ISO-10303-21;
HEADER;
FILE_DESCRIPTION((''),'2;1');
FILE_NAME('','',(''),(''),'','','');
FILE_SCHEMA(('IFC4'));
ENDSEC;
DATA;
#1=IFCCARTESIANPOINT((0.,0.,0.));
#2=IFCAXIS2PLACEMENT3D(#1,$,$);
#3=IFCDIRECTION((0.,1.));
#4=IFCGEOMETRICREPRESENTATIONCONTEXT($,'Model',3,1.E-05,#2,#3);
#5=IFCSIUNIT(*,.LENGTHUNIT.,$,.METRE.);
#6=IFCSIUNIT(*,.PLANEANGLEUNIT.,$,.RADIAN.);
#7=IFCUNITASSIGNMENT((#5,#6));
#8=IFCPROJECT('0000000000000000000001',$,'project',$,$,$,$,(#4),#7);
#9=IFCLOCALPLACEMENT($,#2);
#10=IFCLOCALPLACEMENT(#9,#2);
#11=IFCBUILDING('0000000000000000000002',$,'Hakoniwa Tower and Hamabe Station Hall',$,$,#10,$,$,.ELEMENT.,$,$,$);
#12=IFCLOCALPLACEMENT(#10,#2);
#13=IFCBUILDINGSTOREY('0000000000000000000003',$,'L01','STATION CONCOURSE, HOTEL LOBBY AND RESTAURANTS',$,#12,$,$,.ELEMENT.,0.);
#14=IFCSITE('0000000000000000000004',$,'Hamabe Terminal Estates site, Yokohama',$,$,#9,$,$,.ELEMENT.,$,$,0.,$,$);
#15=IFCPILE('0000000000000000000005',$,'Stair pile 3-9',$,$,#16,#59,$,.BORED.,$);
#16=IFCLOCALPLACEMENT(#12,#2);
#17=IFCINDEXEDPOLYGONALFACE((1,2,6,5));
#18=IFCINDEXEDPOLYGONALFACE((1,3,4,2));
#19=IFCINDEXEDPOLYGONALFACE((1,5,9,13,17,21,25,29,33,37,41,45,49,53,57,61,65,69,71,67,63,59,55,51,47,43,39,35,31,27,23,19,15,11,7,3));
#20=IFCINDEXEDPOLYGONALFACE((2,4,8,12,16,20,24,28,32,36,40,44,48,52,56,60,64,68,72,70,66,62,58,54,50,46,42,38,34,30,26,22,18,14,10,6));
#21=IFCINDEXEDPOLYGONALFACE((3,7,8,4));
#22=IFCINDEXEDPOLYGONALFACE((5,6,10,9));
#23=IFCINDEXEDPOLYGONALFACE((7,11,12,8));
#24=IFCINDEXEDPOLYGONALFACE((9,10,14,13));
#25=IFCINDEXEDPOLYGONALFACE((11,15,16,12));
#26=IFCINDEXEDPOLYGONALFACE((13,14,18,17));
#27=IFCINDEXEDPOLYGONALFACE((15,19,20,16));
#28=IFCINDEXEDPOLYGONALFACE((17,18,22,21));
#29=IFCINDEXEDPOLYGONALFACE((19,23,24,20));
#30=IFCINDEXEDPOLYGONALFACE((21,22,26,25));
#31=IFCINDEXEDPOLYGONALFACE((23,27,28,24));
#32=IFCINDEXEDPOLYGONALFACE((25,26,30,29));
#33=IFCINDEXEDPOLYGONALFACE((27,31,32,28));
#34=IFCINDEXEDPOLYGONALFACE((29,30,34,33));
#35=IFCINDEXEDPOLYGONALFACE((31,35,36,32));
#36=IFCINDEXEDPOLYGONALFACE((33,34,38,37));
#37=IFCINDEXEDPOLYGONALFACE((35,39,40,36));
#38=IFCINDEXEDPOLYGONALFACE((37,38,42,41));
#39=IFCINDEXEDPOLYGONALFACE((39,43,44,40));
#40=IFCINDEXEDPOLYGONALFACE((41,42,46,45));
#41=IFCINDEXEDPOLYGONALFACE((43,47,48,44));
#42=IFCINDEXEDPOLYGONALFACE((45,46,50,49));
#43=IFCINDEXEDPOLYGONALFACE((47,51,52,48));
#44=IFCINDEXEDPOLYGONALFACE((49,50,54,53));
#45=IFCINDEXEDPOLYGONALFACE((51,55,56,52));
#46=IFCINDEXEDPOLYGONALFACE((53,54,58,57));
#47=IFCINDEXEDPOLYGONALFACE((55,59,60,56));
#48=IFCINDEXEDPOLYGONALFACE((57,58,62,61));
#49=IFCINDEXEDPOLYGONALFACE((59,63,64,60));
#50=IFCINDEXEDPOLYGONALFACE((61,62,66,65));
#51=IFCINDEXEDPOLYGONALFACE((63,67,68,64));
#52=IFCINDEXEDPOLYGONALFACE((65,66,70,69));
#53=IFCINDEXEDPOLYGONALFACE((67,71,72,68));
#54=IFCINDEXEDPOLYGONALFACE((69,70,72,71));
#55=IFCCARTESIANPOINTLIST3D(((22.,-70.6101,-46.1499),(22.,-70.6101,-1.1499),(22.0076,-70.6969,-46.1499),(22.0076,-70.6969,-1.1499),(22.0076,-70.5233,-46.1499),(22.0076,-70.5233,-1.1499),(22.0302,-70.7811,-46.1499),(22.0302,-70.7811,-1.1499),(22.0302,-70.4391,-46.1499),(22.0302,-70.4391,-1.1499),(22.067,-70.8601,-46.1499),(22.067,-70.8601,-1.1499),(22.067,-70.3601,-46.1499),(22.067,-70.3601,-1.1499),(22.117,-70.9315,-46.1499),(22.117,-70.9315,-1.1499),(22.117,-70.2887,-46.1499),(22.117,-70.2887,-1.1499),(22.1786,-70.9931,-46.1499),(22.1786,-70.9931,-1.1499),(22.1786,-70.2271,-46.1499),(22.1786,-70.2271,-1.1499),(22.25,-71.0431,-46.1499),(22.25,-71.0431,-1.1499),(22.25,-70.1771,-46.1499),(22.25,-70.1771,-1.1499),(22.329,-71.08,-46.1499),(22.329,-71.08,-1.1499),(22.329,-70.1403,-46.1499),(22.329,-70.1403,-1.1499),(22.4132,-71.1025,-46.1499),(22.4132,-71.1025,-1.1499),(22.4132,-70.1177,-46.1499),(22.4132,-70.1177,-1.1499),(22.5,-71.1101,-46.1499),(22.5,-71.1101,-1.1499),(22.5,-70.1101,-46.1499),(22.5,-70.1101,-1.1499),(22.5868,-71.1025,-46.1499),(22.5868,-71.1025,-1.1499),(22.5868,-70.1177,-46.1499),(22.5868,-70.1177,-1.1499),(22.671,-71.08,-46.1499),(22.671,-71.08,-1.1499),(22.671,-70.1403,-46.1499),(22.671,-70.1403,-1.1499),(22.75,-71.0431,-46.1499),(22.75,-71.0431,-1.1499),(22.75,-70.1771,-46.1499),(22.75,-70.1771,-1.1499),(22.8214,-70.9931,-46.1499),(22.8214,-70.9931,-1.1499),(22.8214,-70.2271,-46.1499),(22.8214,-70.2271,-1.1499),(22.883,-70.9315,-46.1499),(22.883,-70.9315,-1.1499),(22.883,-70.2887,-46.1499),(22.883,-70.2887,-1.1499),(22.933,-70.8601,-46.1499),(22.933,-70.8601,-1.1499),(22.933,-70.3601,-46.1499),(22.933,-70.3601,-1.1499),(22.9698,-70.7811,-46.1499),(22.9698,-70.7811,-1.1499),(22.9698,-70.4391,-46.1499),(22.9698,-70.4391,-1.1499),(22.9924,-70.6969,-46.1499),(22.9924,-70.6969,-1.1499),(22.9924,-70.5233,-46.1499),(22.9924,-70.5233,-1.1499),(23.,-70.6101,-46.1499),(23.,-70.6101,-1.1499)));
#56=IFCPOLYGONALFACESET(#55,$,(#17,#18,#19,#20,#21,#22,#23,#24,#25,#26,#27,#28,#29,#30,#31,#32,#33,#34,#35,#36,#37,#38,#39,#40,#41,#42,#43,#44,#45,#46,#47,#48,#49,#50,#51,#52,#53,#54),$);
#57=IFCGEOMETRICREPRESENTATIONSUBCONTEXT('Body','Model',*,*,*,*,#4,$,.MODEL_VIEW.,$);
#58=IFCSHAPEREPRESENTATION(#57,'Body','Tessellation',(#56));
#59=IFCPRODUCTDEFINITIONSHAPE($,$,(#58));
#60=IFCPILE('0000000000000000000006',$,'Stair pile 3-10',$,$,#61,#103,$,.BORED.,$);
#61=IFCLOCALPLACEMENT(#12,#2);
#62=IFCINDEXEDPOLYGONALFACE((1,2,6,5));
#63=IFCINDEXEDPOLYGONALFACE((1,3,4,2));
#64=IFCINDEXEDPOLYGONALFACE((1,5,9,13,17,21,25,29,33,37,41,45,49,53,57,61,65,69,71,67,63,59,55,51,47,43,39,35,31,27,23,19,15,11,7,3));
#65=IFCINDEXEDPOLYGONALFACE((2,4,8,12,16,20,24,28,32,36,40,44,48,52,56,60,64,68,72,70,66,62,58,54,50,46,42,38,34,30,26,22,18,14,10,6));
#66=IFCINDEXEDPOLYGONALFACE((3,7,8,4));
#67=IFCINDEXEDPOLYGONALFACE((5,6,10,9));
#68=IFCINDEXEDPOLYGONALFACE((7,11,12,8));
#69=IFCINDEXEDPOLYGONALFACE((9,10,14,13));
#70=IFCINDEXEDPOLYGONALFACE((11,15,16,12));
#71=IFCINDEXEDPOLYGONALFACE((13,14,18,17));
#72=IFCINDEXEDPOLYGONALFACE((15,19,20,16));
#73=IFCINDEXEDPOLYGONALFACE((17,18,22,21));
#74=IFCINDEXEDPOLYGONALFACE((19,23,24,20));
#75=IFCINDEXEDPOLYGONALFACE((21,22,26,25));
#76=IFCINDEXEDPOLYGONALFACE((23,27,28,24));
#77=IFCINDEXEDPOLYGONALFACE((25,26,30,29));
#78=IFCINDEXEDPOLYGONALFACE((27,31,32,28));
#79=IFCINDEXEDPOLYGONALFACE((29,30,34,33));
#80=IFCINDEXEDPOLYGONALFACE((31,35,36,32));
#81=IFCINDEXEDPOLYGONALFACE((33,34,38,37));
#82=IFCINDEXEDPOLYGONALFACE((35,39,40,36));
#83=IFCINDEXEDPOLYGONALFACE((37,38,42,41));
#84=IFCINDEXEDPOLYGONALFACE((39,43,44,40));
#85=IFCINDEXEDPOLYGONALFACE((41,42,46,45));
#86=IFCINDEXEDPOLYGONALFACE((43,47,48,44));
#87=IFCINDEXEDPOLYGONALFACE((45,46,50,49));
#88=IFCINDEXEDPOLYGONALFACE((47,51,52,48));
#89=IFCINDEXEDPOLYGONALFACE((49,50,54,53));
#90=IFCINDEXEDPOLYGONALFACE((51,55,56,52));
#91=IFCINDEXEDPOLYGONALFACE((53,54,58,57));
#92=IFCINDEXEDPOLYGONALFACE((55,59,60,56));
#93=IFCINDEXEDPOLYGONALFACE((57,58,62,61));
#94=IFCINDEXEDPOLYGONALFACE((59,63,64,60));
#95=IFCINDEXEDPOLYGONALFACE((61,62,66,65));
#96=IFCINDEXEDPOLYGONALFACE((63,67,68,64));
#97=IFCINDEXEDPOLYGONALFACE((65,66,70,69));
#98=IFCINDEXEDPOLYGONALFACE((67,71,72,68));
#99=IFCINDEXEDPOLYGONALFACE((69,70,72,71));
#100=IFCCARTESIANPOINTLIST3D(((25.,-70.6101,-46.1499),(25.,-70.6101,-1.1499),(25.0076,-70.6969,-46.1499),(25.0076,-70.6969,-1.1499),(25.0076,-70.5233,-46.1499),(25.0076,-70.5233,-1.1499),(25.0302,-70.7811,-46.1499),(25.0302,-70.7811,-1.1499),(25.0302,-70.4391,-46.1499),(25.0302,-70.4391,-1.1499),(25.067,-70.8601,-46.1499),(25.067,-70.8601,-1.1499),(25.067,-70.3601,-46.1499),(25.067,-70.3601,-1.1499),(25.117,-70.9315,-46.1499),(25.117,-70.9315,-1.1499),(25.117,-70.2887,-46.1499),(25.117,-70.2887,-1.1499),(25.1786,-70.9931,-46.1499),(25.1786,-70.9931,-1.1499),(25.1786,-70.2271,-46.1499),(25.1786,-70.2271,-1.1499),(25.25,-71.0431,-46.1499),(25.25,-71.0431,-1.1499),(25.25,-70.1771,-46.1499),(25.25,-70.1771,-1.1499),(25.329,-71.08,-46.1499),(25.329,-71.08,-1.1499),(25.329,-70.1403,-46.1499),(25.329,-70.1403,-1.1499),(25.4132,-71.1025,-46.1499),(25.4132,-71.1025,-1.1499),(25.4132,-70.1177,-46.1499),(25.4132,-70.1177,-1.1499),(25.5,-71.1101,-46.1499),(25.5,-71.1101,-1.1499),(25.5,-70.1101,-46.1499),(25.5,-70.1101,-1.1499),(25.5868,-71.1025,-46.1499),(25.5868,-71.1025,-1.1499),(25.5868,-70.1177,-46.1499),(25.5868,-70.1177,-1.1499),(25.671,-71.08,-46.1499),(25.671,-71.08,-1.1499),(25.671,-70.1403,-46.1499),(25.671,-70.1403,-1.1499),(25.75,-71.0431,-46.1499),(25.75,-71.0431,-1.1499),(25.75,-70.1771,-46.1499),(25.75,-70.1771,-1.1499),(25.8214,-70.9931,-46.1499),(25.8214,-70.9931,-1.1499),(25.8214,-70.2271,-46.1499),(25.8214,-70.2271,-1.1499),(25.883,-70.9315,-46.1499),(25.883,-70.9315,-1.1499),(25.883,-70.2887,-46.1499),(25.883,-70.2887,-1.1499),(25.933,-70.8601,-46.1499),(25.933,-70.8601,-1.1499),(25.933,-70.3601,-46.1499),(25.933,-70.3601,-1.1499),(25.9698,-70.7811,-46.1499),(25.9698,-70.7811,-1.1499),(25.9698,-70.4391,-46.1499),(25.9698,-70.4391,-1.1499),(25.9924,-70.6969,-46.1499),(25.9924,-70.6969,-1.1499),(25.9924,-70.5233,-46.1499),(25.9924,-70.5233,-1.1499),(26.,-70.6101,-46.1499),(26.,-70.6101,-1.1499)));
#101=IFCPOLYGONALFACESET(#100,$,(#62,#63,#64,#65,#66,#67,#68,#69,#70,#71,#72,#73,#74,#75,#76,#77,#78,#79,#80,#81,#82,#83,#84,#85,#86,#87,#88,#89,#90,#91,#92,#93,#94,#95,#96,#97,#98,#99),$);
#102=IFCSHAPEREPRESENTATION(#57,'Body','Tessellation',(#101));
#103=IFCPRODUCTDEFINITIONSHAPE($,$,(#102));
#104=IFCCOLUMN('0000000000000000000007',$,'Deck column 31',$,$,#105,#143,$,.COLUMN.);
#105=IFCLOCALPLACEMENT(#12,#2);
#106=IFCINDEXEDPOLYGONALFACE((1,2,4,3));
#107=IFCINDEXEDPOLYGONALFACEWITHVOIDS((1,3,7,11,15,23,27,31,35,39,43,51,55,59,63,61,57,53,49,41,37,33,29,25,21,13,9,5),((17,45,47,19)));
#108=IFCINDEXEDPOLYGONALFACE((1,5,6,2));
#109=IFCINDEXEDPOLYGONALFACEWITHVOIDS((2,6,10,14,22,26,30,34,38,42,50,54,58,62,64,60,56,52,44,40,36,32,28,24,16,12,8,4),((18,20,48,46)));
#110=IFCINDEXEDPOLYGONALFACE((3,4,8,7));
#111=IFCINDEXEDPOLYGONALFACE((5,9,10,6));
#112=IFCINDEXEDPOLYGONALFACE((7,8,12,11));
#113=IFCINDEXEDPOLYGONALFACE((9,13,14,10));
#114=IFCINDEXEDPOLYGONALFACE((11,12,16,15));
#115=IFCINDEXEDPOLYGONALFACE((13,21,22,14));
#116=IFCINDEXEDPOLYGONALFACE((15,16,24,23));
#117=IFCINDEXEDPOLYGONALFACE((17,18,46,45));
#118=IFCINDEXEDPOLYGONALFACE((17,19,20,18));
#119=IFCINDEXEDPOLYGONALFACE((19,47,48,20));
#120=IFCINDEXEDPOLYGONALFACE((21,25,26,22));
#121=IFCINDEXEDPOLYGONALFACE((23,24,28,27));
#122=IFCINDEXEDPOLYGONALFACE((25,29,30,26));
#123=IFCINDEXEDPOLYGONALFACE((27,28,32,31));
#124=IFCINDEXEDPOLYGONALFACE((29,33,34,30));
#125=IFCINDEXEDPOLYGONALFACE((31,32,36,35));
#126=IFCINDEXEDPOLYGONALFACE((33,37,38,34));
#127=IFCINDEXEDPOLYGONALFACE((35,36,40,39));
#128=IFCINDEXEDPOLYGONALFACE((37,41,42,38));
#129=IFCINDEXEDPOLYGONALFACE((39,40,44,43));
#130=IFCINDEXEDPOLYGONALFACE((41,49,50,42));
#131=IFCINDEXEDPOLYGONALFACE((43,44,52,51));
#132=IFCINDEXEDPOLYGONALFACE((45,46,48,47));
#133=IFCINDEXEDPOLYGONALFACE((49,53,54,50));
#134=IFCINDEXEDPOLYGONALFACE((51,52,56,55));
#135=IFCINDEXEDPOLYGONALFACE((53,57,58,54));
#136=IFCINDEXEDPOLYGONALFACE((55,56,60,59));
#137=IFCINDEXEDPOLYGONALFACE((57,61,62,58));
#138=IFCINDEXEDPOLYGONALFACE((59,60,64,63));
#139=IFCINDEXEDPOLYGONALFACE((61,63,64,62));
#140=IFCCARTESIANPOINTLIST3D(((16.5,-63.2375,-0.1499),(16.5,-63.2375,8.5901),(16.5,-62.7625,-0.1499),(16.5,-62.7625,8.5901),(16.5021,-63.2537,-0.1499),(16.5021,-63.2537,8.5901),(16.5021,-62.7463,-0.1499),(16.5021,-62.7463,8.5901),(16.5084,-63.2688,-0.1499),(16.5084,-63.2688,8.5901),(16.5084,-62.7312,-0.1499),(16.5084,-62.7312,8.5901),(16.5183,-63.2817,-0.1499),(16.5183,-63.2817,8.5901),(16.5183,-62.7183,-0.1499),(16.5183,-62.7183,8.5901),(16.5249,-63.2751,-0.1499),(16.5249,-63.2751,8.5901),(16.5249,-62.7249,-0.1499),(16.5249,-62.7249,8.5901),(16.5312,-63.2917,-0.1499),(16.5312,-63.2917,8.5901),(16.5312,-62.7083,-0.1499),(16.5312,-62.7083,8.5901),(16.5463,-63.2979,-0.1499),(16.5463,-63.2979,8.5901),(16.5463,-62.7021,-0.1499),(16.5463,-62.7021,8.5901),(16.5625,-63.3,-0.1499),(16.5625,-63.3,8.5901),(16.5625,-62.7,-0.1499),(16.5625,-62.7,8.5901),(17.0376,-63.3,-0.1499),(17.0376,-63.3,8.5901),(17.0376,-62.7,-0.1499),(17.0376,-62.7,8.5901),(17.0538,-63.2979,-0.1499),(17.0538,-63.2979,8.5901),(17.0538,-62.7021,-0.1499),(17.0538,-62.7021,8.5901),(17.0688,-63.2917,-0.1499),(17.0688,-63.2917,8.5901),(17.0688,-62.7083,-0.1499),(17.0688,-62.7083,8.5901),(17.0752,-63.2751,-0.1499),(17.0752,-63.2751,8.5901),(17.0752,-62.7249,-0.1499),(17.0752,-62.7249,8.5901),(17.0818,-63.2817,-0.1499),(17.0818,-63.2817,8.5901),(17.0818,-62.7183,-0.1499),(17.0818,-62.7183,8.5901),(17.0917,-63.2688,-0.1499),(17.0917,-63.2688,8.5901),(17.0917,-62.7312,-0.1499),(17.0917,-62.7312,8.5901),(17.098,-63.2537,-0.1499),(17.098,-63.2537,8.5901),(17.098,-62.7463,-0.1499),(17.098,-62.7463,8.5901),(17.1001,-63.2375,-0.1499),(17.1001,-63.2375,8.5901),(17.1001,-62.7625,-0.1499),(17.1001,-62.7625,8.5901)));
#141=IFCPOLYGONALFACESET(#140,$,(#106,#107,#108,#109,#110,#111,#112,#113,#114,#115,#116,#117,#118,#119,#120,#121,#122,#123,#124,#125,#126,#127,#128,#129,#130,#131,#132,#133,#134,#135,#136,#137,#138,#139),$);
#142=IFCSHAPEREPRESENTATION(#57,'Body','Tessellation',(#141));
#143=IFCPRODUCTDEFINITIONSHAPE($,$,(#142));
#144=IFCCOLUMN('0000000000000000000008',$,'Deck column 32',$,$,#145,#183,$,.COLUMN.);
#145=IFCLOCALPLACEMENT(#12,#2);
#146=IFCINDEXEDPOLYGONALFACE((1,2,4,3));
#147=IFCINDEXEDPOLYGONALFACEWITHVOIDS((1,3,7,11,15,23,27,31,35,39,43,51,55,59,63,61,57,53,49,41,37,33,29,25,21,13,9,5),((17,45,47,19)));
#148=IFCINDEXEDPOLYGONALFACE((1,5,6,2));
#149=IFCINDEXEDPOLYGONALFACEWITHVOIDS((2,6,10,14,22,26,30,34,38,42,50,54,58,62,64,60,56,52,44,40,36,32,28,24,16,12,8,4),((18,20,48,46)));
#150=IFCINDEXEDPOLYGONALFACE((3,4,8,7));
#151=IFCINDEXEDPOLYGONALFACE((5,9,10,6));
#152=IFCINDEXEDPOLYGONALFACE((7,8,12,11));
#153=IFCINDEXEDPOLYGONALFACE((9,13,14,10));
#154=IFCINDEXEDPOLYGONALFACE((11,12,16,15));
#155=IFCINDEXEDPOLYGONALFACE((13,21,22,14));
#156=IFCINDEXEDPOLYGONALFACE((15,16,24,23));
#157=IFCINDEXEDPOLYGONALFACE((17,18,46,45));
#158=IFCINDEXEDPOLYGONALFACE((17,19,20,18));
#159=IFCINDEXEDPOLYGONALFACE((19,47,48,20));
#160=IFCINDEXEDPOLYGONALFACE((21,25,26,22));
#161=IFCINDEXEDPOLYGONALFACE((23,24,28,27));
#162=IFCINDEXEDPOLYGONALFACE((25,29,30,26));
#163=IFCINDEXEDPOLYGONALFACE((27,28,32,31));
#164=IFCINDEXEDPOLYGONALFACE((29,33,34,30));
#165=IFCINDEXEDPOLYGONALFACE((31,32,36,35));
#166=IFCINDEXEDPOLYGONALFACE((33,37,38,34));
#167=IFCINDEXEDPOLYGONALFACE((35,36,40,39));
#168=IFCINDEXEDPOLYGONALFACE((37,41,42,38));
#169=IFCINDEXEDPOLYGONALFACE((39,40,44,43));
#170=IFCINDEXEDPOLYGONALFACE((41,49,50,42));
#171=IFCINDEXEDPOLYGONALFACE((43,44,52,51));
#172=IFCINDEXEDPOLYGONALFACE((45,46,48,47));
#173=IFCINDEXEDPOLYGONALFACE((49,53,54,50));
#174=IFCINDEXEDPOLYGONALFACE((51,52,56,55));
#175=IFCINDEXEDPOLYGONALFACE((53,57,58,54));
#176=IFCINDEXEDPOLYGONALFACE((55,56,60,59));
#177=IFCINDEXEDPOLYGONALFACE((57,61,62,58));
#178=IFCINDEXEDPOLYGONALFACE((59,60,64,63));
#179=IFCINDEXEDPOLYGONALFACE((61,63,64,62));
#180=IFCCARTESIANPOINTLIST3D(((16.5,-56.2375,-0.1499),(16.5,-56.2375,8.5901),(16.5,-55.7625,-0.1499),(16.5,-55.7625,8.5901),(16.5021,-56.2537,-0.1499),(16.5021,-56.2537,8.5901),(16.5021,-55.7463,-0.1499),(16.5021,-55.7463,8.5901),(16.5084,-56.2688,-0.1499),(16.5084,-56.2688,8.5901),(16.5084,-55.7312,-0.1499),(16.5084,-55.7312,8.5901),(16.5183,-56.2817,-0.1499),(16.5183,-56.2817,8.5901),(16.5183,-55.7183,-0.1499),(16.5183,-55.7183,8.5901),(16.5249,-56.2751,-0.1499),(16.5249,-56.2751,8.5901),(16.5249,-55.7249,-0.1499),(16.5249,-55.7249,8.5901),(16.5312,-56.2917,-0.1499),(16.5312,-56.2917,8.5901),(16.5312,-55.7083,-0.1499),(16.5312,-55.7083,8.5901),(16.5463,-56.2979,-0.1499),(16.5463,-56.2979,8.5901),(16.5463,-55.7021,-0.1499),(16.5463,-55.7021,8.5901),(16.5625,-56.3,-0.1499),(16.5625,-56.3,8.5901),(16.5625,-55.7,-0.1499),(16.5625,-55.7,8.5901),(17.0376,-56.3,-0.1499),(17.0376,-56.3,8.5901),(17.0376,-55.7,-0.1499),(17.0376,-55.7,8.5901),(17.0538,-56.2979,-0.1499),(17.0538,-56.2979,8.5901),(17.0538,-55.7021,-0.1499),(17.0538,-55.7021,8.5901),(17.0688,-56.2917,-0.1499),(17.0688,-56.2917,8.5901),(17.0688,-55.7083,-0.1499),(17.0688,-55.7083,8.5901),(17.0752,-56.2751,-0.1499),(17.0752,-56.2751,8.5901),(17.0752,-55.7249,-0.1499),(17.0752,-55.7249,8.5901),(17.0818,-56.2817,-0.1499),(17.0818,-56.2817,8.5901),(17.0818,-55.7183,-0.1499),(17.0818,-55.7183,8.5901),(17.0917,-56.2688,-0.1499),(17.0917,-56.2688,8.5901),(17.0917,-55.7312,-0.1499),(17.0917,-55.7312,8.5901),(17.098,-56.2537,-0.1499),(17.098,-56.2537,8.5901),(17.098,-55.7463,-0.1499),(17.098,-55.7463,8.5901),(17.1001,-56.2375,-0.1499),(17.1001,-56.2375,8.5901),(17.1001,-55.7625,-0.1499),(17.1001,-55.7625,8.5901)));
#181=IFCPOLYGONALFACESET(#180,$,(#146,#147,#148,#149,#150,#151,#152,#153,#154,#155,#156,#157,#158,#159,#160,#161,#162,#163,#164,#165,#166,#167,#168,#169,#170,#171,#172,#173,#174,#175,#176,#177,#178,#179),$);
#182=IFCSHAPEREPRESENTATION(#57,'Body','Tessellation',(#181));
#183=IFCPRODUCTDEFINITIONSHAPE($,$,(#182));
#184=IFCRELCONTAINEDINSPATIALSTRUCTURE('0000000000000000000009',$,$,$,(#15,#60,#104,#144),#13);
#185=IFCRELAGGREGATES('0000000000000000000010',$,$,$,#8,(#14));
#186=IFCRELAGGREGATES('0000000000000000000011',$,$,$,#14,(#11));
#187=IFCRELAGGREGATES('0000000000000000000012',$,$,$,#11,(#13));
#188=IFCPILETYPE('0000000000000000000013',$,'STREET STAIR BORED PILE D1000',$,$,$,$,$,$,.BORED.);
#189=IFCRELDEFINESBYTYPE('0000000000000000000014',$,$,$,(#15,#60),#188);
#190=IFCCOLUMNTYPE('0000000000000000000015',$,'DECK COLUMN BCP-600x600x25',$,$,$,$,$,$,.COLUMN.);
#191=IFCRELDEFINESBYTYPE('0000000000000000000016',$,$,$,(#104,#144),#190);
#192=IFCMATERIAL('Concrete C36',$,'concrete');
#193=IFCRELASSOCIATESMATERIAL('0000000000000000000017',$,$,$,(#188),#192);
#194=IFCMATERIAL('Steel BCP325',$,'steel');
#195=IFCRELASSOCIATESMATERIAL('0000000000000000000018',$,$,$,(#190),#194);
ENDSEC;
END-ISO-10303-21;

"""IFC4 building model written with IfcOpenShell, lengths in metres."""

from ifc_helpers import new_model, si_unit, direction, frame, origin, origin_2d, place, context, subcontext, project, spatial, hollow_rectangle, circle, extrude, material, material_profile, profile_set, type_object, element, save


model = new_model("IFC4")

# Units and contexts
model_context = context("Model", 3, precision=1e-05, world=origin(), true_north=direction((0.0, 1.0)))
body_context = subcontext(model_context, "Body", "Model", "MODEL_VIEW")
ifc_project = project(units=[si_unit("LENGTHUNIT", "METRE"), si_unit("PLANEANGLEUNIT", "RADIAN")], contexts=[model_context])

# Site, building, storey
site_placement = place(None, origin())
site = spatial("IfcSite", under=ifc_project, at=site_placement, Name="Hamabe Terminal Estates site, Yokohama", CompositionType="ELEMENT", RefElevation=0.0)
building_placement = place(site_placement, origin())
building = spatial("IfcBuilding", under=site, at=building_placement, Name="Hakoniwa Tower and Hamabe Station Hall", CompositionType="ELEMENT")
storey_placement = place(building_placement, origin())
storey = spatial("IfcBuildingStorey", under=building, at=storey_placement, Name="L01", Description="STATION CONCOURSE, HOTEL LOBBY AND RESTAURANTS", CompositionType="ELEMENT", Elevation=0.0)

# Piles
ifc_material_1 = material(Name="Concrete C36", Category="concrete")
ifc_material_profile_1 = material_profile(ifc_material_1, circle(Radius=0.5, at=origin_2d()), Name="STREET STAIR BORED PILE D1000")
ifc_profile_set_1 = profile_set([ifc_material_profile_1], Name="Concrete C36")
pile_type_1 = type_object("IfcPileType", Name="STREET STAIR BORED PILE D1000", PredefinedType="BORED", material=ifc_profile_set_1)
for number, where, z_axis, x_axis, name in (
    (1, (22.5, -70.6101, -1.1499), (0.0, 0.0, -1.0), (1.0, 0.0, 0.0), "Stair pile 3-9"),
    (2, (25.5, -70.6101, -1.1499), (0.0, 0.0, -1.0), (1.0, 0.0, 0.0), "Stair pile 3-10"),
):
    element("IfcPile", number, at=place(storey_placement, frame(where, z_axis=z_axis, x_axis=x_axis)), inside=storey, type_object=pile_type_1, Name=name, PredefinedType="BORED", context=body_context, shape_type="SweptSolid", body=[
        extrude(circle(Radius=0.5, at=origin_2d()), origin(), (0.0, 0.0, 1.0), 45.0),
    ])

# Columns
ifc_material_2 = material(Name="Steel BCP325", Category="steel")
ifc_material_profile_2 = material_profile(ifc_material_2, hollow_rectangle(XDim=0.6001, YDim=0.6001, WallThickness=0.0249, OuterFilletRadius=0.0625, at=origin_2d()), Name="DECK COLUMN BCP-600x600x25")
ifc_profile_set_2 = profile_set([ifc_material_profile_2], Name="Steel BCP325")
column_type = type_object("IfcColumnType", Name="DECK COLUMN BCP-600x600x25", PredefinedType="COLUMN", material=ifc_profile_set_2)
for number, where, z_axis, x_axis, name in (
    (3, (16.8, -63.0, -0.1499), (0.0, 0.0, 1.0), (1.0, 0.0, 0.0), "Deck column 31"),
    (4, (16.8, -56.0, -0.1499), (0.0, 0.0, 1.0), (1.0, 0.0, 0.0), "Deck column 32"),
):
    element("IfcColumn", number, at=place(storey_placement, frame(where, z_axis=z_axis, x_axis=x_axis)), inside=storey, type_object=column_type, Name=name, PredefinedType="COLUMN", context=body_context, shape_type="SweptSolid", body=[
        extrude(hollow_rectangle(XDim=0.6001, YDim=0.6001, WallThickness=0.0249, OuterFilletRadius=0.0625, at=origin_2d()), origin(), (0.0, 0.0, 1.0), 8.74),
    ])

save(model, "model.ifc")
